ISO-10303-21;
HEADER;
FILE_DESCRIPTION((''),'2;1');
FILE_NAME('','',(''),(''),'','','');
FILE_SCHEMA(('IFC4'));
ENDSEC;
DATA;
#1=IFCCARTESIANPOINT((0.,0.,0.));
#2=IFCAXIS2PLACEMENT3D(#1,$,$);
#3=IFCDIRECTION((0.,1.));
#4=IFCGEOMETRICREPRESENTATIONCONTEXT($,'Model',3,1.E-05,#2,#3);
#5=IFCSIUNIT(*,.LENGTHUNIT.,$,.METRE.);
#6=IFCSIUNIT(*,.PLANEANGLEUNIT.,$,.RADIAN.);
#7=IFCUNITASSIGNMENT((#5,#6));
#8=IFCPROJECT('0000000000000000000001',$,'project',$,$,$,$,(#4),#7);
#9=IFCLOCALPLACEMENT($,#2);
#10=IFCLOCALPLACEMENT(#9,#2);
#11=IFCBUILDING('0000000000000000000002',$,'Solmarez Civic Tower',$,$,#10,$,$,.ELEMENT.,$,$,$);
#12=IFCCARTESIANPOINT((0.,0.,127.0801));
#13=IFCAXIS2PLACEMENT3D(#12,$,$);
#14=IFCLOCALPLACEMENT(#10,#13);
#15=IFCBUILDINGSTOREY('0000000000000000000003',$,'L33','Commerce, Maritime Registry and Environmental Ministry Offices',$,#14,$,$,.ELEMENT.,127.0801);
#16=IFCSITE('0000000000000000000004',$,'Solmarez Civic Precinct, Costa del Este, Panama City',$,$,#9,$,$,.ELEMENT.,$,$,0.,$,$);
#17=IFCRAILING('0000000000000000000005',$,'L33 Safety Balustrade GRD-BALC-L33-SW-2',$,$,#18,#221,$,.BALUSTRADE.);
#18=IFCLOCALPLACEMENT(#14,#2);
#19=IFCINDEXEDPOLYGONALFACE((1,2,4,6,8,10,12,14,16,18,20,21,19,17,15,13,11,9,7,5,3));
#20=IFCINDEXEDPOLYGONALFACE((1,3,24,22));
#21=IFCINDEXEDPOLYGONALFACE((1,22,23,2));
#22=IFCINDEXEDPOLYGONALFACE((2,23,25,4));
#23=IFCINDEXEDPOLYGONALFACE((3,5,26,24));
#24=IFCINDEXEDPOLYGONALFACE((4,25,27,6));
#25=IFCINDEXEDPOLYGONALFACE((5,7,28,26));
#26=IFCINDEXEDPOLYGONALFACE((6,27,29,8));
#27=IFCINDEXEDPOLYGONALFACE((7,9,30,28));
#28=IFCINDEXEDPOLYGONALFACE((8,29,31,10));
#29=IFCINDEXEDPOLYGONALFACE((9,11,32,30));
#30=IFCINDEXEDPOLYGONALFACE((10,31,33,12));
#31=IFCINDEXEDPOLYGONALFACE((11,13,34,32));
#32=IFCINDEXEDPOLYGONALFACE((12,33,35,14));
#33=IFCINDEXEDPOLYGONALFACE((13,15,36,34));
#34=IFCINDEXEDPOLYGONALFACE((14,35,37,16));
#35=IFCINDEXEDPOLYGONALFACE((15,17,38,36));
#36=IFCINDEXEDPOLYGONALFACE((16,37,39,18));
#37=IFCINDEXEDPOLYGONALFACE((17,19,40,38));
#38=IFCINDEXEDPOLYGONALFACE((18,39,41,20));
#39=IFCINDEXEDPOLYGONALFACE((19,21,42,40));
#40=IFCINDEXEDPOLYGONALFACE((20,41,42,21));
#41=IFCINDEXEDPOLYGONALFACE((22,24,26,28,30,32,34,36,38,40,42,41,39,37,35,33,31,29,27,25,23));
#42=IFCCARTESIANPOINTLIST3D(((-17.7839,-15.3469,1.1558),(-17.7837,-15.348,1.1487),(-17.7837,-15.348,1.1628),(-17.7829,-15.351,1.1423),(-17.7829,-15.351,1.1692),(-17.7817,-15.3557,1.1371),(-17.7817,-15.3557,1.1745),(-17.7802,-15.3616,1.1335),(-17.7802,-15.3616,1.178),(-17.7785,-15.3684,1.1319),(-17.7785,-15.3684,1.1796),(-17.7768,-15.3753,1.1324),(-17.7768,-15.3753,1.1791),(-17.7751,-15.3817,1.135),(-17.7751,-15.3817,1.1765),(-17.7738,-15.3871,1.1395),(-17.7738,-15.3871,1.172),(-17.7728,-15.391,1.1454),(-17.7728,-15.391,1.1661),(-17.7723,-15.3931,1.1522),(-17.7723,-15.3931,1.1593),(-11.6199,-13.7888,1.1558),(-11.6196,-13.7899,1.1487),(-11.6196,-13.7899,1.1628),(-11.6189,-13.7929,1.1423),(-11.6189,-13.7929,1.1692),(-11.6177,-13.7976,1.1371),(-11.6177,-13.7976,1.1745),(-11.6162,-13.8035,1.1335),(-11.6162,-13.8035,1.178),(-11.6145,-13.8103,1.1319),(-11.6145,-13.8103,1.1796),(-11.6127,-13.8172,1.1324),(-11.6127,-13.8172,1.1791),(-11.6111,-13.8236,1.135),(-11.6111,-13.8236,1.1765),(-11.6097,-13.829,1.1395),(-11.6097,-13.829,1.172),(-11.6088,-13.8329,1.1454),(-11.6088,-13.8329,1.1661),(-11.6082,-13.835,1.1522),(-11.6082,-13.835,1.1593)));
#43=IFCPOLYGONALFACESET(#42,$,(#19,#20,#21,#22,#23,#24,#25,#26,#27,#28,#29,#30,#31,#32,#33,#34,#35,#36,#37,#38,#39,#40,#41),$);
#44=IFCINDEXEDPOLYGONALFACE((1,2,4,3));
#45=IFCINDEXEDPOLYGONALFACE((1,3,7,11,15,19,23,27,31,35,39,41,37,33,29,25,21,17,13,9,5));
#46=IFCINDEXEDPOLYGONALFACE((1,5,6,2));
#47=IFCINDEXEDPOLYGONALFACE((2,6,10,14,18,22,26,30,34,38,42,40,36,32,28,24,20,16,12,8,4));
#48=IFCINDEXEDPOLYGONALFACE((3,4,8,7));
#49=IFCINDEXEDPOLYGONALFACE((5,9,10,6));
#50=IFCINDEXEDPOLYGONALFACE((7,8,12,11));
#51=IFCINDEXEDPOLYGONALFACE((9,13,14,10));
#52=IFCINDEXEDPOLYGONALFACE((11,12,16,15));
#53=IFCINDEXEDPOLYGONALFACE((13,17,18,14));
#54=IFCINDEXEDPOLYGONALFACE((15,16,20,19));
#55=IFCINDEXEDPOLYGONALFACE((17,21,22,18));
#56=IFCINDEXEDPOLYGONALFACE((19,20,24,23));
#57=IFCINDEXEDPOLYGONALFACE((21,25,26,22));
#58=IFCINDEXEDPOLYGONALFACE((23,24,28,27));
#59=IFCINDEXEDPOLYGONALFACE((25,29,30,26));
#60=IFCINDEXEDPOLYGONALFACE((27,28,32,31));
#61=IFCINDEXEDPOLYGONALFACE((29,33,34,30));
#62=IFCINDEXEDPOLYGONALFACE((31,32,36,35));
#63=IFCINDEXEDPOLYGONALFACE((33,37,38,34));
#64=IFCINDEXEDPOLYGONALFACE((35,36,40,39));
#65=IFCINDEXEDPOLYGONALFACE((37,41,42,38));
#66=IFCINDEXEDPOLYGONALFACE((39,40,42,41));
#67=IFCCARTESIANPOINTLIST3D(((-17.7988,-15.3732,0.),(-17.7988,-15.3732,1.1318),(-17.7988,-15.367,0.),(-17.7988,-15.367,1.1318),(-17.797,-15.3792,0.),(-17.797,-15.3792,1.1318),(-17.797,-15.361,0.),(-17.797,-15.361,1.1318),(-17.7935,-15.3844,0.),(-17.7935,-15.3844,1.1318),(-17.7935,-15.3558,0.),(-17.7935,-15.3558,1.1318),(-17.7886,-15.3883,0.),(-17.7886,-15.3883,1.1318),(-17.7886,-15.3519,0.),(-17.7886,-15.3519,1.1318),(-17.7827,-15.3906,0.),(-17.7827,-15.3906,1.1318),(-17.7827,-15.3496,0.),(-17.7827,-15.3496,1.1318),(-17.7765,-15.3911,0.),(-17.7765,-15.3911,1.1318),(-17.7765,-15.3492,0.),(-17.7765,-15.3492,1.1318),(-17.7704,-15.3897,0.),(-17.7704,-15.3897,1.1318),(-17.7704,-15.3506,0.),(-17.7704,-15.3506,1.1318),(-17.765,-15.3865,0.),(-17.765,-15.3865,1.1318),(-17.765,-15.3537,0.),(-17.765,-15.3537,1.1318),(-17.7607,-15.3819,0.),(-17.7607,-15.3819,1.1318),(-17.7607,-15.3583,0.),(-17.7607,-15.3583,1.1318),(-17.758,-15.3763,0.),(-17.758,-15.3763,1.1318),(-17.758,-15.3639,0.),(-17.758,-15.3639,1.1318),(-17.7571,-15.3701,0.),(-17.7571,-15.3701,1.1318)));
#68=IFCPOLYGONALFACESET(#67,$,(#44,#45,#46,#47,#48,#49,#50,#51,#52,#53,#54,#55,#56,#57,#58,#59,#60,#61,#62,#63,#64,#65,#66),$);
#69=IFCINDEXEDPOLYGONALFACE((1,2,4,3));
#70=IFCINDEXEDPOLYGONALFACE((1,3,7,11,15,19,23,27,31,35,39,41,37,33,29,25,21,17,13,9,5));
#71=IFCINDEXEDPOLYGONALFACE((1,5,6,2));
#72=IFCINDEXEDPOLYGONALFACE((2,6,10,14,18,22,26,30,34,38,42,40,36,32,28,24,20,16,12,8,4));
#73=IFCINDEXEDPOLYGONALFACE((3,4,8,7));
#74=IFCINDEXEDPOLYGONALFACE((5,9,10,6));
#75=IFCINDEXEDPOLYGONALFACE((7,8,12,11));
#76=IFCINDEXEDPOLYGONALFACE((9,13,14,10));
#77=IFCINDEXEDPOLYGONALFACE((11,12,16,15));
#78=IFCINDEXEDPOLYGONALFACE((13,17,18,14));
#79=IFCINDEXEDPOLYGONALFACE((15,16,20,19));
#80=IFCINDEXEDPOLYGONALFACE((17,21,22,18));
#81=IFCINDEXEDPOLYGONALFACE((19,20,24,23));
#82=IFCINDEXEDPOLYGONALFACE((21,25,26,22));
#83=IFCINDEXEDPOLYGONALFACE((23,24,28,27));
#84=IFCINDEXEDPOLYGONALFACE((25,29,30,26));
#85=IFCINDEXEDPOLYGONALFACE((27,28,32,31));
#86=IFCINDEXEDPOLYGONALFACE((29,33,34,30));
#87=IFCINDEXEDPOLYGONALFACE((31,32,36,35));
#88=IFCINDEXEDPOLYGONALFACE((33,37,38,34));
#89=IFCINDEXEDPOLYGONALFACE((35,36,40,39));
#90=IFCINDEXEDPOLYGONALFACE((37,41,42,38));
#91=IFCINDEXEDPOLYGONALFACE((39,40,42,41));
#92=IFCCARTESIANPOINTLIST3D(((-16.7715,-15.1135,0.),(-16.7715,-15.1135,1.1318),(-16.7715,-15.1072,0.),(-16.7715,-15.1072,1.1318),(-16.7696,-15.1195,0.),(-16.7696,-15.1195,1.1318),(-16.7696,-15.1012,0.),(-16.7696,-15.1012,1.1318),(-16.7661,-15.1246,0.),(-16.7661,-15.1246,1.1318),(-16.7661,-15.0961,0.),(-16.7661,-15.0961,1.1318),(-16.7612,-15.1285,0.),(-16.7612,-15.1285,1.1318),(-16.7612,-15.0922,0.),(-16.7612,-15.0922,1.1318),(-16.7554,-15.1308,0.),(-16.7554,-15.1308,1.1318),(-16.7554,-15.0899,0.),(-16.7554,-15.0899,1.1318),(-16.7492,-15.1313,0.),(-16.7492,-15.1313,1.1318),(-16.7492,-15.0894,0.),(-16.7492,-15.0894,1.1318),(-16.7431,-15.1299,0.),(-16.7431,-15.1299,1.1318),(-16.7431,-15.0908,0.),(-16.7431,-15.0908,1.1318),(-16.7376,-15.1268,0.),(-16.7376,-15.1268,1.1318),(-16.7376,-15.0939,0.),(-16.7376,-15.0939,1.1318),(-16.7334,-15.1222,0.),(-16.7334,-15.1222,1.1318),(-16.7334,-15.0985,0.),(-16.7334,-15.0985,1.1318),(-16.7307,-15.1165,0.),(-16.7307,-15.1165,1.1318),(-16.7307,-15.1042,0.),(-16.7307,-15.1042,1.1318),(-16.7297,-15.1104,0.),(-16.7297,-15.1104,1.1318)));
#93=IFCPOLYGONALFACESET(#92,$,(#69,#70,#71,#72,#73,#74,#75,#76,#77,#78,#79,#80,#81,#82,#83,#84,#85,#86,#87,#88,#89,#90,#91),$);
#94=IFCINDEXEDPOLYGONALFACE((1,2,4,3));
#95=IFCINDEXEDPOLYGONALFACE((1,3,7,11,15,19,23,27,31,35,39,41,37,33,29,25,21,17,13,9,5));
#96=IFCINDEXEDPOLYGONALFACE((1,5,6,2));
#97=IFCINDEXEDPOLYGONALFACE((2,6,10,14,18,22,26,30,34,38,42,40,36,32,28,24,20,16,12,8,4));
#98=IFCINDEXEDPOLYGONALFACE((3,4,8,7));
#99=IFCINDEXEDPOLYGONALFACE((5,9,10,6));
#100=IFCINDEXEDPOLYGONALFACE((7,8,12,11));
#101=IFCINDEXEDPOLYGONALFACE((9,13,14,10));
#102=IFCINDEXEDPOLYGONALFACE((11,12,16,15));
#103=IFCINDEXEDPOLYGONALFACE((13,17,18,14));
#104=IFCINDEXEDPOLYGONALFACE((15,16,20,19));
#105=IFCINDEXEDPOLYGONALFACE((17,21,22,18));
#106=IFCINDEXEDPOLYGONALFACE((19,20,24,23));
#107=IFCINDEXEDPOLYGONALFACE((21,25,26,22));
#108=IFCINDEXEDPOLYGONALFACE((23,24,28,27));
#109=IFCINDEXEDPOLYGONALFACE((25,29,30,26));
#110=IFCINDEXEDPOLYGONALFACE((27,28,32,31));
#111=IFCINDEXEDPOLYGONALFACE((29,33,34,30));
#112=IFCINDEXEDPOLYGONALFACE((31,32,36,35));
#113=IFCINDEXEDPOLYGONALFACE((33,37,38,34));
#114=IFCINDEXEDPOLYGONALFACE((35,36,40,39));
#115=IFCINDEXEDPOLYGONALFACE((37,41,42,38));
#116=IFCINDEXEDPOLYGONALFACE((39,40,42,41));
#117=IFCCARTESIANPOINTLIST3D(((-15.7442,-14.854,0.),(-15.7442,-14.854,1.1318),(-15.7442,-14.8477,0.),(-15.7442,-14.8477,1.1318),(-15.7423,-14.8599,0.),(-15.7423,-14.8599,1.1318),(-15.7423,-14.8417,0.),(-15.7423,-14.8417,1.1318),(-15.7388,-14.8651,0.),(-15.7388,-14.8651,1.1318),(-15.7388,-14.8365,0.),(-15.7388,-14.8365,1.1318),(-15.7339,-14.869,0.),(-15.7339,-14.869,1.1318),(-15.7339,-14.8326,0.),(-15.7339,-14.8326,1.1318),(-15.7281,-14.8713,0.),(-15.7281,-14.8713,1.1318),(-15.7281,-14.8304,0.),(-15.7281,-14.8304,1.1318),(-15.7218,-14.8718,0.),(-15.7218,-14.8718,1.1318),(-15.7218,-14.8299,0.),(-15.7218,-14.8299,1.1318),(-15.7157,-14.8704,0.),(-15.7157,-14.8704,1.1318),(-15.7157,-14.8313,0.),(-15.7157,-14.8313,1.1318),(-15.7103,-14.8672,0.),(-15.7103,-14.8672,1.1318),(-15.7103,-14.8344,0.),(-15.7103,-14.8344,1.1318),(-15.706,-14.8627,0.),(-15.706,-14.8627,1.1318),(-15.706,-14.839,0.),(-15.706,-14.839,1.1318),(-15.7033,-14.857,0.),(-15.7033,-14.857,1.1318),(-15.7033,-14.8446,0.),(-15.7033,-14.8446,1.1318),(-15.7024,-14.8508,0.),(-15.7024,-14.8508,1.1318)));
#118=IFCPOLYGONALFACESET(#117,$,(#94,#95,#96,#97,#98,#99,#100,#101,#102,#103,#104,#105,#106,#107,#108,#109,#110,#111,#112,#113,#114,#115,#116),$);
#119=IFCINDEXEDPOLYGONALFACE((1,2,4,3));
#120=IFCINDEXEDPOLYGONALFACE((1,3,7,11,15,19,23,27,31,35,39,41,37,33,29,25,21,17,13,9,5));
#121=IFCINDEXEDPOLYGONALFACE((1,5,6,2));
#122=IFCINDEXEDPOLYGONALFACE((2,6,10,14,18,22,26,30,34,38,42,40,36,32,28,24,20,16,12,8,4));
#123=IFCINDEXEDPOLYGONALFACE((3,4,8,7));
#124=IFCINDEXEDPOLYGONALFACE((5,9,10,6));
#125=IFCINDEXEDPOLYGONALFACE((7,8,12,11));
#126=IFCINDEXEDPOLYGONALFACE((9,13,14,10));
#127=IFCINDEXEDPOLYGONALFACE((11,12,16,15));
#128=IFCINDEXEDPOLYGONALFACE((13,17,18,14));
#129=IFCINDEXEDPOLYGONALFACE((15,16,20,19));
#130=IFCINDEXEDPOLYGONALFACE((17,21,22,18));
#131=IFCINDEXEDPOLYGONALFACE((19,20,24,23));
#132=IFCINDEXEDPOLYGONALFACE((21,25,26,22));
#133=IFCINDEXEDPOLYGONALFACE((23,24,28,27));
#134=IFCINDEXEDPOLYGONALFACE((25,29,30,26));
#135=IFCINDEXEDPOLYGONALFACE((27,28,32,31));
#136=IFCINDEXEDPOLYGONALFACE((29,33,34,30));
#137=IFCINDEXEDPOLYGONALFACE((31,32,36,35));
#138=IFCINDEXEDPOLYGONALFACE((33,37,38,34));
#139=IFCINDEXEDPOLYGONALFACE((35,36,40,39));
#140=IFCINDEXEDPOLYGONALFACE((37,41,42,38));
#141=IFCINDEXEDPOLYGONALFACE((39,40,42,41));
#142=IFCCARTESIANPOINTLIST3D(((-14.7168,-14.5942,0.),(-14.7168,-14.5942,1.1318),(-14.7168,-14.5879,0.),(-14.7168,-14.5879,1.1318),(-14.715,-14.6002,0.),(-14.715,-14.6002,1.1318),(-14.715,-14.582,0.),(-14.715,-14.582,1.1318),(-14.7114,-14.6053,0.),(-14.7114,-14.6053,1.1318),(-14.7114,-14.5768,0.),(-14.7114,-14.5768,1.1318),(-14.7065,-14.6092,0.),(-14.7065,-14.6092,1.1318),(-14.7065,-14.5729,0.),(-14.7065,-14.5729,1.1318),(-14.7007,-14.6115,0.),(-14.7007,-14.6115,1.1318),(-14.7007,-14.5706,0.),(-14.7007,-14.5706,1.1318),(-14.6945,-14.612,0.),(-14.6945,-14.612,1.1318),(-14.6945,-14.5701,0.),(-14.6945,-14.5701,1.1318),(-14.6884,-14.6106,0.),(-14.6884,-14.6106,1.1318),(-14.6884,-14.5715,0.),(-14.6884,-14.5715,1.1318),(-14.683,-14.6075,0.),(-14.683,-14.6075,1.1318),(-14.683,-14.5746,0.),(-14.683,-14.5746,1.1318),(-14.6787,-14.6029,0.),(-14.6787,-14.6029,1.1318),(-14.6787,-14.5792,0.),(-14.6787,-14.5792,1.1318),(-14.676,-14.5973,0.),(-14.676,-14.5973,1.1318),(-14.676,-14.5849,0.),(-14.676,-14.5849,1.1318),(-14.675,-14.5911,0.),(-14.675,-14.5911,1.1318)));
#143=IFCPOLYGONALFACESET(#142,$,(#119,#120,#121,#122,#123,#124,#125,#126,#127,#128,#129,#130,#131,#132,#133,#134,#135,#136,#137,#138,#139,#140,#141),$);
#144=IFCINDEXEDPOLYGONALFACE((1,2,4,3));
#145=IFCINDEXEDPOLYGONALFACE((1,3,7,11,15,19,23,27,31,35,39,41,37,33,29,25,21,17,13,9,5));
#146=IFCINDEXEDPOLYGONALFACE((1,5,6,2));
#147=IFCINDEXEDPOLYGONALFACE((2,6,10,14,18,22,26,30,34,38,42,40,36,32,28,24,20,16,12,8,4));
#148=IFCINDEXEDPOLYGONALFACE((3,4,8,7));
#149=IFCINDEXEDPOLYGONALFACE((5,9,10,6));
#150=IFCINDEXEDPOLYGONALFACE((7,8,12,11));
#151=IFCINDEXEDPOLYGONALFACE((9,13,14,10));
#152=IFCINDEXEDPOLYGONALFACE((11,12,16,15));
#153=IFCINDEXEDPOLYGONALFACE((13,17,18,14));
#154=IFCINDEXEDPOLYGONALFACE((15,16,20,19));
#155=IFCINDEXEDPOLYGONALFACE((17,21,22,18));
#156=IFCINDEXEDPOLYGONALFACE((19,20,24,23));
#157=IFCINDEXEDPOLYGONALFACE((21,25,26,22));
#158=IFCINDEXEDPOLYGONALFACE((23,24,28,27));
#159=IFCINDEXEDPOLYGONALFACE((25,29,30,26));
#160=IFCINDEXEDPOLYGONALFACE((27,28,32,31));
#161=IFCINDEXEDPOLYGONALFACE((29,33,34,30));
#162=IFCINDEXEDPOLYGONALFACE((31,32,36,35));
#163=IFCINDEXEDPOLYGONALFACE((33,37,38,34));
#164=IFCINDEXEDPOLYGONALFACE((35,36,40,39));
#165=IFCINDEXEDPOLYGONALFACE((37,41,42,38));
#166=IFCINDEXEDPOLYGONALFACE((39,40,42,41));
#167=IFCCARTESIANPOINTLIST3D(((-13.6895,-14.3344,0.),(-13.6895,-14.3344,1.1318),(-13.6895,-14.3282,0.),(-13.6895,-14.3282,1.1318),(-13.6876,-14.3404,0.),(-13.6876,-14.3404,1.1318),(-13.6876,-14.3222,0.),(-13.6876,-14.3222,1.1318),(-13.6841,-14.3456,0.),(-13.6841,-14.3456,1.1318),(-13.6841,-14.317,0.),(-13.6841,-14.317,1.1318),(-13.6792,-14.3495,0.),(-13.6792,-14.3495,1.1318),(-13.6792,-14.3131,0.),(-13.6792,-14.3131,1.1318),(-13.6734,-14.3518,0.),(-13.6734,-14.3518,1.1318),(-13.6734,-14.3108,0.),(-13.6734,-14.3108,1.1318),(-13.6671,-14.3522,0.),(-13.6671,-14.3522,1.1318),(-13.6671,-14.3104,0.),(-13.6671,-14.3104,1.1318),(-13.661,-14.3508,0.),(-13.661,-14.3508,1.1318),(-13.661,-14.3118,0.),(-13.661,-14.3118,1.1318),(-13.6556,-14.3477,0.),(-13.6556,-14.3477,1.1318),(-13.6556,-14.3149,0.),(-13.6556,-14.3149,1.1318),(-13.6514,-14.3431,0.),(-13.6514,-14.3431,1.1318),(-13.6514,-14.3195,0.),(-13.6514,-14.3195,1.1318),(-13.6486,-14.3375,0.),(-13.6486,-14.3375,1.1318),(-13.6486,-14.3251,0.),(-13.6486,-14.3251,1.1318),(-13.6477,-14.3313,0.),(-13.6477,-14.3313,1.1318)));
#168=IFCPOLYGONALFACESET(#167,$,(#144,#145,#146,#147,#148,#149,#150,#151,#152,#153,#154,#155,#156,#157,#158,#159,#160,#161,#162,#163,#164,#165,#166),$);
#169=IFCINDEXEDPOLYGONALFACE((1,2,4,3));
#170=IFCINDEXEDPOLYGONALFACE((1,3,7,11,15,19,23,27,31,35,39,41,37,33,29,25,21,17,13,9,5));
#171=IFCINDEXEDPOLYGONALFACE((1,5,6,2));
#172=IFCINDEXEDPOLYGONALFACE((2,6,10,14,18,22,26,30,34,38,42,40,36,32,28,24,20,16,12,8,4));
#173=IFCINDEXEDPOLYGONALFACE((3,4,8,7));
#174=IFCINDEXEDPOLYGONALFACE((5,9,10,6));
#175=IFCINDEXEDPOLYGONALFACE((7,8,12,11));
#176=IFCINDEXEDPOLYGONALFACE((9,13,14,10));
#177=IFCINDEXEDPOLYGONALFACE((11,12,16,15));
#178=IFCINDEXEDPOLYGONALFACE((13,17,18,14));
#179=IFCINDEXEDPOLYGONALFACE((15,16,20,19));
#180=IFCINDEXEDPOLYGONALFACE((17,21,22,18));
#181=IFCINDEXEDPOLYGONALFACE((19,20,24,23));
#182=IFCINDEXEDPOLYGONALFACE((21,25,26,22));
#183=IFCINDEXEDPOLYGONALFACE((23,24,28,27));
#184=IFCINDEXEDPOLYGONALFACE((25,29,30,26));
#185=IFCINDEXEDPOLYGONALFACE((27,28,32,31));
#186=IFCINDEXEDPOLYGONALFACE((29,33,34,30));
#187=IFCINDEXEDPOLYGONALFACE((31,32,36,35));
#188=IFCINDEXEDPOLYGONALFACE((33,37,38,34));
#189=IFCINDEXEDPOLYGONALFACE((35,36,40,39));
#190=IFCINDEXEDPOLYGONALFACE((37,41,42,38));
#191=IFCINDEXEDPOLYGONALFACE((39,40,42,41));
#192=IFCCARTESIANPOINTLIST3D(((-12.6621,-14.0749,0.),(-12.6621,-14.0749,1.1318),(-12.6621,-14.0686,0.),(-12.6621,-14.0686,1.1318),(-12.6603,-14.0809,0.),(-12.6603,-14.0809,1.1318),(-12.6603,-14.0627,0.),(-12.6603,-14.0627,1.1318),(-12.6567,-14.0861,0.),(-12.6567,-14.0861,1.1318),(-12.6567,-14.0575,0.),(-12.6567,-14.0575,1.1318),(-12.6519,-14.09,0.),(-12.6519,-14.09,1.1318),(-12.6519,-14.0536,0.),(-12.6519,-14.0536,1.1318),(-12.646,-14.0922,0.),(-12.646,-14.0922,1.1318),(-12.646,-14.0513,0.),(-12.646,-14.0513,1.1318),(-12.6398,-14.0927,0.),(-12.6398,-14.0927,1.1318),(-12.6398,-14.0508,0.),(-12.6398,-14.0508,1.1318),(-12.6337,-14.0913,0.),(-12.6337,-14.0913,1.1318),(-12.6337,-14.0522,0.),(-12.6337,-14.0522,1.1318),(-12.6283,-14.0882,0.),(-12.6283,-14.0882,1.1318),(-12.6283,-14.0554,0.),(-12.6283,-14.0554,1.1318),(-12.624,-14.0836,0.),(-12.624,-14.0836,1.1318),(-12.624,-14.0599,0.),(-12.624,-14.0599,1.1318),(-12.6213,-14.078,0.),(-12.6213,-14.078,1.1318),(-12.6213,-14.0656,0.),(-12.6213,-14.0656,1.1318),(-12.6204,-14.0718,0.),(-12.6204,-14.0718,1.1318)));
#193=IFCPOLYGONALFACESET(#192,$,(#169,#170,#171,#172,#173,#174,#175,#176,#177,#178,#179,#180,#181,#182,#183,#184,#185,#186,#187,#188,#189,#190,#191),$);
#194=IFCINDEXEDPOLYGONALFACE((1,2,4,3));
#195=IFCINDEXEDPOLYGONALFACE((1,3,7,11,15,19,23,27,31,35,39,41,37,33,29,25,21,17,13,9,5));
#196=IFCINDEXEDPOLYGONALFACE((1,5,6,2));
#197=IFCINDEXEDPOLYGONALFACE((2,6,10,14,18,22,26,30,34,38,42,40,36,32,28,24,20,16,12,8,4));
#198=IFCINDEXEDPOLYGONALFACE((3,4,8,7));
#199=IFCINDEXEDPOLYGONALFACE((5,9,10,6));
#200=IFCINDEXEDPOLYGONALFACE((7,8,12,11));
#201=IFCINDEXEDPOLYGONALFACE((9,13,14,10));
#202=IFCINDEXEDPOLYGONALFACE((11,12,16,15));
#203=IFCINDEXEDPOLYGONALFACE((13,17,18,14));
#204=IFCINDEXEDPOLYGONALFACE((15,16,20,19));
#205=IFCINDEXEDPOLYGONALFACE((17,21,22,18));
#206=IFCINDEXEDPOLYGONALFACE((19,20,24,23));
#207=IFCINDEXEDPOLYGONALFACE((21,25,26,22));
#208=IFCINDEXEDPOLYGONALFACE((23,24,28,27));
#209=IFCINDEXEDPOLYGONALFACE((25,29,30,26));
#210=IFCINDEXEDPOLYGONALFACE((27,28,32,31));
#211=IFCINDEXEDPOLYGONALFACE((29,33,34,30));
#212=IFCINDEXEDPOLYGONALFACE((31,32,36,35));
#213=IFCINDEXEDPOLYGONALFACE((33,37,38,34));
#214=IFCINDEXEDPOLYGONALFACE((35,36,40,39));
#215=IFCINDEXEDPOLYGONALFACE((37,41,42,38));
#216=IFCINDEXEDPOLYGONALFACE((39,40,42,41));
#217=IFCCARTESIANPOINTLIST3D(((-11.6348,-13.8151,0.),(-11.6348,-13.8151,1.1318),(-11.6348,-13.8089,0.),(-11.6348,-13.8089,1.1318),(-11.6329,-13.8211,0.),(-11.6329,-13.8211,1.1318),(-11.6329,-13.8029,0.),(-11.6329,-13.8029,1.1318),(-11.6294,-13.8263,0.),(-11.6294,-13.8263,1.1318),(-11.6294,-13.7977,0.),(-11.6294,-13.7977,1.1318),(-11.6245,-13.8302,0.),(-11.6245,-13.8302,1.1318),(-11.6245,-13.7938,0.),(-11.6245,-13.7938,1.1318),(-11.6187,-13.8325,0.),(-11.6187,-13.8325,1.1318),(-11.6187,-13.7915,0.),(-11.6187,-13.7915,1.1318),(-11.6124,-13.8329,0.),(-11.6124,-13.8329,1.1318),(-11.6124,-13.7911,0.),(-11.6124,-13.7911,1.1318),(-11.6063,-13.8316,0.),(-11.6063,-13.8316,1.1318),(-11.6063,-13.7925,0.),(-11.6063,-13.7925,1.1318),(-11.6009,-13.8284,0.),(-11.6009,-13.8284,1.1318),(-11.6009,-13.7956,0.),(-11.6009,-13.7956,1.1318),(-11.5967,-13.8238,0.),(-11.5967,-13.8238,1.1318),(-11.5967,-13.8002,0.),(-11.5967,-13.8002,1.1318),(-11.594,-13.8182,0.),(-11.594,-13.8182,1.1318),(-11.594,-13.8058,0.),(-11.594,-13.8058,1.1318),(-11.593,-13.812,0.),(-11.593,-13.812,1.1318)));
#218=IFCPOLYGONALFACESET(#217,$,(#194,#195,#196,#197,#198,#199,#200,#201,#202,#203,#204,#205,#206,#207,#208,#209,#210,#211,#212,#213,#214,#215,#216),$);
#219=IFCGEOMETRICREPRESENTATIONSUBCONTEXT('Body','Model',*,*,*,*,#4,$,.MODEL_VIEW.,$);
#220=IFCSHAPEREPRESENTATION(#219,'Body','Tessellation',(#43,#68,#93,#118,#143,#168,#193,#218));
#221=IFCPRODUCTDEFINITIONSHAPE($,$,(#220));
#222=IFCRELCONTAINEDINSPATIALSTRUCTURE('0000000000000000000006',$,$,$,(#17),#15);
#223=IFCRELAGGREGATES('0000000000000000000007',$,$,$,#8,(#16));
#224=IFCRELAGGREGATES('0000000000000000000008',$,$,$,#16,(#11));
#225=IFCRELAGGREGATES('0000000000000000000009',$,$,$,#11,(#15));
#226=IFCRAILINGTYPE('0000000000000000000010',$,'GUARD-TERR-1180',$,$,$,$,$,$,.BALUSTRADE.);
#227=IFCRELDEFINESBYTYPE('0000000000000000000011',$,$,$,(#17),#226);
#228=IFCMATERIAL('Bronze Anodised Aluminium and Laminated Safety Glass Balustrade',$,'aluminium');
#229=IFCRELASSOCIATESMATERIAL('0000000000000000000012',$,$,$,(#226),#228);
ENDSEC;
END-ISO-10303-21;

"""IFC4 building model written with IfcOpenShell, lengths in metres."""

from ifc_helpers import new_model, si_unit, direction, frame, origin, origin_2d, place, context, subcontext, project, spatial, circle, extrude, material, type_object, element, save


model = new_model("IFC4")

# Units and contexts
model_context = context("Model", 3, precision=1e-05, world=origin(), true_north=direction((0.0, 1.0)))
body_context = subcontext(model_context, "Body", "Model", "MODEL_VIEW")
ifc_project = project(units=[si_unit("LENGTHUNIT", "METRE"), si_unit("PLANEANGLEUNIT", "RADIAN")], contexts=[model_context])

# Site, building, storey
site_placement = place(None, origin())
site = spatial("IfcSite", under=ifc_project, at=site_placement, Name="Solmarez Civic Precinct, Costa del Este, Panama City", CompositionType="ELEMENT", RefElevation=0.0)
building_placement = place(site_placement, origin())
building = spatial("IfcBuilding", under=site, at=building_placement, Name="Solmarez Civic Tower", CompositionType="ELEMENT")
storey_placement = place(building_placement, frame((0.0, 0.0, 127.0801)))
storey = spatial("IfcBuildingStorey", under=building, at=storey_placement, Name="L33", Description="Commerce, Maritime Registry and Environmental Ministry Offices", CompositionType="ELEMENT", Elevation=127.0801)

# Railing
ifc_material_1 = material(Name="Bronze Anodised Aluminium and Laminated Safety Glass Balustrade", Category="aluminium")
railing_type = type_object("IfcRailingType", Name="GUARD-TERR-1180", PredefinedType="BALUSTRADE", material=ifc_material_1)
railing_1_placement = place(storey_placement, frame((-17.7781, -15.3701, 0.0)))
element("IfcRailing", 1, at=railing_1_placement, inside=storey, type_object=railing_type, Name="L33 Safety Balustrade GRD-BALC-L33-SW-2", PredefinedType="BALUSTRADE", context=body_context, shape_type="SweptSolid", body=[
    extrude(circle(Radius=0.0239, at=origin_2d()), frame((0.0, 0.0, 1.1558), z_axis=(0.969507, 0.245065, 0.0), x_axis=(-0.245065, 0.969507, 0.0)), (0.0, 0.0, 1.0), 6.3579),
    extrude(circle(Radius=0.021, at=origin_2d()), origin(), (0.0, 0.0, 1.0), 1.1318),
    extrude(circle(Radius=0.021, at=origin_2d()), frame((1.0273, 0.2598, 0.0)), (0.0, 0.0, 1.0), 1.1318),
    extrude(circle(Radius=0.021, at=origin_2d()), frame((2.0547, 0.5193, 0.0)), (0.0, 0.0, 1.0), 1.1318),
    extrude(circle(Radius=0.021, at=origin_2d()), frame((3.082, 0.7791, 0.0)), (0.0, 0.0, 1.0), 1.1318),
    extrude(circle(Radius=0.021, at=origin_2d()), frame((4.1094, 1.0388, 0.0)), (0.0, 0.0, 1.0), 1.1318),
    extrude(circle(Radius=0.021, at=origin_2d()), frame((5.1367, 1.2983, 0.0)), (0.0, 0.0, 1.0), 1.1318),
    extrude(circle(Radius=0.021, at=origin_2d()), frame((6.1641, 1.5581, 0.0)), (0.0, 0.0, 1.0), 1.1318),
])

save(model, "model.ifc")
